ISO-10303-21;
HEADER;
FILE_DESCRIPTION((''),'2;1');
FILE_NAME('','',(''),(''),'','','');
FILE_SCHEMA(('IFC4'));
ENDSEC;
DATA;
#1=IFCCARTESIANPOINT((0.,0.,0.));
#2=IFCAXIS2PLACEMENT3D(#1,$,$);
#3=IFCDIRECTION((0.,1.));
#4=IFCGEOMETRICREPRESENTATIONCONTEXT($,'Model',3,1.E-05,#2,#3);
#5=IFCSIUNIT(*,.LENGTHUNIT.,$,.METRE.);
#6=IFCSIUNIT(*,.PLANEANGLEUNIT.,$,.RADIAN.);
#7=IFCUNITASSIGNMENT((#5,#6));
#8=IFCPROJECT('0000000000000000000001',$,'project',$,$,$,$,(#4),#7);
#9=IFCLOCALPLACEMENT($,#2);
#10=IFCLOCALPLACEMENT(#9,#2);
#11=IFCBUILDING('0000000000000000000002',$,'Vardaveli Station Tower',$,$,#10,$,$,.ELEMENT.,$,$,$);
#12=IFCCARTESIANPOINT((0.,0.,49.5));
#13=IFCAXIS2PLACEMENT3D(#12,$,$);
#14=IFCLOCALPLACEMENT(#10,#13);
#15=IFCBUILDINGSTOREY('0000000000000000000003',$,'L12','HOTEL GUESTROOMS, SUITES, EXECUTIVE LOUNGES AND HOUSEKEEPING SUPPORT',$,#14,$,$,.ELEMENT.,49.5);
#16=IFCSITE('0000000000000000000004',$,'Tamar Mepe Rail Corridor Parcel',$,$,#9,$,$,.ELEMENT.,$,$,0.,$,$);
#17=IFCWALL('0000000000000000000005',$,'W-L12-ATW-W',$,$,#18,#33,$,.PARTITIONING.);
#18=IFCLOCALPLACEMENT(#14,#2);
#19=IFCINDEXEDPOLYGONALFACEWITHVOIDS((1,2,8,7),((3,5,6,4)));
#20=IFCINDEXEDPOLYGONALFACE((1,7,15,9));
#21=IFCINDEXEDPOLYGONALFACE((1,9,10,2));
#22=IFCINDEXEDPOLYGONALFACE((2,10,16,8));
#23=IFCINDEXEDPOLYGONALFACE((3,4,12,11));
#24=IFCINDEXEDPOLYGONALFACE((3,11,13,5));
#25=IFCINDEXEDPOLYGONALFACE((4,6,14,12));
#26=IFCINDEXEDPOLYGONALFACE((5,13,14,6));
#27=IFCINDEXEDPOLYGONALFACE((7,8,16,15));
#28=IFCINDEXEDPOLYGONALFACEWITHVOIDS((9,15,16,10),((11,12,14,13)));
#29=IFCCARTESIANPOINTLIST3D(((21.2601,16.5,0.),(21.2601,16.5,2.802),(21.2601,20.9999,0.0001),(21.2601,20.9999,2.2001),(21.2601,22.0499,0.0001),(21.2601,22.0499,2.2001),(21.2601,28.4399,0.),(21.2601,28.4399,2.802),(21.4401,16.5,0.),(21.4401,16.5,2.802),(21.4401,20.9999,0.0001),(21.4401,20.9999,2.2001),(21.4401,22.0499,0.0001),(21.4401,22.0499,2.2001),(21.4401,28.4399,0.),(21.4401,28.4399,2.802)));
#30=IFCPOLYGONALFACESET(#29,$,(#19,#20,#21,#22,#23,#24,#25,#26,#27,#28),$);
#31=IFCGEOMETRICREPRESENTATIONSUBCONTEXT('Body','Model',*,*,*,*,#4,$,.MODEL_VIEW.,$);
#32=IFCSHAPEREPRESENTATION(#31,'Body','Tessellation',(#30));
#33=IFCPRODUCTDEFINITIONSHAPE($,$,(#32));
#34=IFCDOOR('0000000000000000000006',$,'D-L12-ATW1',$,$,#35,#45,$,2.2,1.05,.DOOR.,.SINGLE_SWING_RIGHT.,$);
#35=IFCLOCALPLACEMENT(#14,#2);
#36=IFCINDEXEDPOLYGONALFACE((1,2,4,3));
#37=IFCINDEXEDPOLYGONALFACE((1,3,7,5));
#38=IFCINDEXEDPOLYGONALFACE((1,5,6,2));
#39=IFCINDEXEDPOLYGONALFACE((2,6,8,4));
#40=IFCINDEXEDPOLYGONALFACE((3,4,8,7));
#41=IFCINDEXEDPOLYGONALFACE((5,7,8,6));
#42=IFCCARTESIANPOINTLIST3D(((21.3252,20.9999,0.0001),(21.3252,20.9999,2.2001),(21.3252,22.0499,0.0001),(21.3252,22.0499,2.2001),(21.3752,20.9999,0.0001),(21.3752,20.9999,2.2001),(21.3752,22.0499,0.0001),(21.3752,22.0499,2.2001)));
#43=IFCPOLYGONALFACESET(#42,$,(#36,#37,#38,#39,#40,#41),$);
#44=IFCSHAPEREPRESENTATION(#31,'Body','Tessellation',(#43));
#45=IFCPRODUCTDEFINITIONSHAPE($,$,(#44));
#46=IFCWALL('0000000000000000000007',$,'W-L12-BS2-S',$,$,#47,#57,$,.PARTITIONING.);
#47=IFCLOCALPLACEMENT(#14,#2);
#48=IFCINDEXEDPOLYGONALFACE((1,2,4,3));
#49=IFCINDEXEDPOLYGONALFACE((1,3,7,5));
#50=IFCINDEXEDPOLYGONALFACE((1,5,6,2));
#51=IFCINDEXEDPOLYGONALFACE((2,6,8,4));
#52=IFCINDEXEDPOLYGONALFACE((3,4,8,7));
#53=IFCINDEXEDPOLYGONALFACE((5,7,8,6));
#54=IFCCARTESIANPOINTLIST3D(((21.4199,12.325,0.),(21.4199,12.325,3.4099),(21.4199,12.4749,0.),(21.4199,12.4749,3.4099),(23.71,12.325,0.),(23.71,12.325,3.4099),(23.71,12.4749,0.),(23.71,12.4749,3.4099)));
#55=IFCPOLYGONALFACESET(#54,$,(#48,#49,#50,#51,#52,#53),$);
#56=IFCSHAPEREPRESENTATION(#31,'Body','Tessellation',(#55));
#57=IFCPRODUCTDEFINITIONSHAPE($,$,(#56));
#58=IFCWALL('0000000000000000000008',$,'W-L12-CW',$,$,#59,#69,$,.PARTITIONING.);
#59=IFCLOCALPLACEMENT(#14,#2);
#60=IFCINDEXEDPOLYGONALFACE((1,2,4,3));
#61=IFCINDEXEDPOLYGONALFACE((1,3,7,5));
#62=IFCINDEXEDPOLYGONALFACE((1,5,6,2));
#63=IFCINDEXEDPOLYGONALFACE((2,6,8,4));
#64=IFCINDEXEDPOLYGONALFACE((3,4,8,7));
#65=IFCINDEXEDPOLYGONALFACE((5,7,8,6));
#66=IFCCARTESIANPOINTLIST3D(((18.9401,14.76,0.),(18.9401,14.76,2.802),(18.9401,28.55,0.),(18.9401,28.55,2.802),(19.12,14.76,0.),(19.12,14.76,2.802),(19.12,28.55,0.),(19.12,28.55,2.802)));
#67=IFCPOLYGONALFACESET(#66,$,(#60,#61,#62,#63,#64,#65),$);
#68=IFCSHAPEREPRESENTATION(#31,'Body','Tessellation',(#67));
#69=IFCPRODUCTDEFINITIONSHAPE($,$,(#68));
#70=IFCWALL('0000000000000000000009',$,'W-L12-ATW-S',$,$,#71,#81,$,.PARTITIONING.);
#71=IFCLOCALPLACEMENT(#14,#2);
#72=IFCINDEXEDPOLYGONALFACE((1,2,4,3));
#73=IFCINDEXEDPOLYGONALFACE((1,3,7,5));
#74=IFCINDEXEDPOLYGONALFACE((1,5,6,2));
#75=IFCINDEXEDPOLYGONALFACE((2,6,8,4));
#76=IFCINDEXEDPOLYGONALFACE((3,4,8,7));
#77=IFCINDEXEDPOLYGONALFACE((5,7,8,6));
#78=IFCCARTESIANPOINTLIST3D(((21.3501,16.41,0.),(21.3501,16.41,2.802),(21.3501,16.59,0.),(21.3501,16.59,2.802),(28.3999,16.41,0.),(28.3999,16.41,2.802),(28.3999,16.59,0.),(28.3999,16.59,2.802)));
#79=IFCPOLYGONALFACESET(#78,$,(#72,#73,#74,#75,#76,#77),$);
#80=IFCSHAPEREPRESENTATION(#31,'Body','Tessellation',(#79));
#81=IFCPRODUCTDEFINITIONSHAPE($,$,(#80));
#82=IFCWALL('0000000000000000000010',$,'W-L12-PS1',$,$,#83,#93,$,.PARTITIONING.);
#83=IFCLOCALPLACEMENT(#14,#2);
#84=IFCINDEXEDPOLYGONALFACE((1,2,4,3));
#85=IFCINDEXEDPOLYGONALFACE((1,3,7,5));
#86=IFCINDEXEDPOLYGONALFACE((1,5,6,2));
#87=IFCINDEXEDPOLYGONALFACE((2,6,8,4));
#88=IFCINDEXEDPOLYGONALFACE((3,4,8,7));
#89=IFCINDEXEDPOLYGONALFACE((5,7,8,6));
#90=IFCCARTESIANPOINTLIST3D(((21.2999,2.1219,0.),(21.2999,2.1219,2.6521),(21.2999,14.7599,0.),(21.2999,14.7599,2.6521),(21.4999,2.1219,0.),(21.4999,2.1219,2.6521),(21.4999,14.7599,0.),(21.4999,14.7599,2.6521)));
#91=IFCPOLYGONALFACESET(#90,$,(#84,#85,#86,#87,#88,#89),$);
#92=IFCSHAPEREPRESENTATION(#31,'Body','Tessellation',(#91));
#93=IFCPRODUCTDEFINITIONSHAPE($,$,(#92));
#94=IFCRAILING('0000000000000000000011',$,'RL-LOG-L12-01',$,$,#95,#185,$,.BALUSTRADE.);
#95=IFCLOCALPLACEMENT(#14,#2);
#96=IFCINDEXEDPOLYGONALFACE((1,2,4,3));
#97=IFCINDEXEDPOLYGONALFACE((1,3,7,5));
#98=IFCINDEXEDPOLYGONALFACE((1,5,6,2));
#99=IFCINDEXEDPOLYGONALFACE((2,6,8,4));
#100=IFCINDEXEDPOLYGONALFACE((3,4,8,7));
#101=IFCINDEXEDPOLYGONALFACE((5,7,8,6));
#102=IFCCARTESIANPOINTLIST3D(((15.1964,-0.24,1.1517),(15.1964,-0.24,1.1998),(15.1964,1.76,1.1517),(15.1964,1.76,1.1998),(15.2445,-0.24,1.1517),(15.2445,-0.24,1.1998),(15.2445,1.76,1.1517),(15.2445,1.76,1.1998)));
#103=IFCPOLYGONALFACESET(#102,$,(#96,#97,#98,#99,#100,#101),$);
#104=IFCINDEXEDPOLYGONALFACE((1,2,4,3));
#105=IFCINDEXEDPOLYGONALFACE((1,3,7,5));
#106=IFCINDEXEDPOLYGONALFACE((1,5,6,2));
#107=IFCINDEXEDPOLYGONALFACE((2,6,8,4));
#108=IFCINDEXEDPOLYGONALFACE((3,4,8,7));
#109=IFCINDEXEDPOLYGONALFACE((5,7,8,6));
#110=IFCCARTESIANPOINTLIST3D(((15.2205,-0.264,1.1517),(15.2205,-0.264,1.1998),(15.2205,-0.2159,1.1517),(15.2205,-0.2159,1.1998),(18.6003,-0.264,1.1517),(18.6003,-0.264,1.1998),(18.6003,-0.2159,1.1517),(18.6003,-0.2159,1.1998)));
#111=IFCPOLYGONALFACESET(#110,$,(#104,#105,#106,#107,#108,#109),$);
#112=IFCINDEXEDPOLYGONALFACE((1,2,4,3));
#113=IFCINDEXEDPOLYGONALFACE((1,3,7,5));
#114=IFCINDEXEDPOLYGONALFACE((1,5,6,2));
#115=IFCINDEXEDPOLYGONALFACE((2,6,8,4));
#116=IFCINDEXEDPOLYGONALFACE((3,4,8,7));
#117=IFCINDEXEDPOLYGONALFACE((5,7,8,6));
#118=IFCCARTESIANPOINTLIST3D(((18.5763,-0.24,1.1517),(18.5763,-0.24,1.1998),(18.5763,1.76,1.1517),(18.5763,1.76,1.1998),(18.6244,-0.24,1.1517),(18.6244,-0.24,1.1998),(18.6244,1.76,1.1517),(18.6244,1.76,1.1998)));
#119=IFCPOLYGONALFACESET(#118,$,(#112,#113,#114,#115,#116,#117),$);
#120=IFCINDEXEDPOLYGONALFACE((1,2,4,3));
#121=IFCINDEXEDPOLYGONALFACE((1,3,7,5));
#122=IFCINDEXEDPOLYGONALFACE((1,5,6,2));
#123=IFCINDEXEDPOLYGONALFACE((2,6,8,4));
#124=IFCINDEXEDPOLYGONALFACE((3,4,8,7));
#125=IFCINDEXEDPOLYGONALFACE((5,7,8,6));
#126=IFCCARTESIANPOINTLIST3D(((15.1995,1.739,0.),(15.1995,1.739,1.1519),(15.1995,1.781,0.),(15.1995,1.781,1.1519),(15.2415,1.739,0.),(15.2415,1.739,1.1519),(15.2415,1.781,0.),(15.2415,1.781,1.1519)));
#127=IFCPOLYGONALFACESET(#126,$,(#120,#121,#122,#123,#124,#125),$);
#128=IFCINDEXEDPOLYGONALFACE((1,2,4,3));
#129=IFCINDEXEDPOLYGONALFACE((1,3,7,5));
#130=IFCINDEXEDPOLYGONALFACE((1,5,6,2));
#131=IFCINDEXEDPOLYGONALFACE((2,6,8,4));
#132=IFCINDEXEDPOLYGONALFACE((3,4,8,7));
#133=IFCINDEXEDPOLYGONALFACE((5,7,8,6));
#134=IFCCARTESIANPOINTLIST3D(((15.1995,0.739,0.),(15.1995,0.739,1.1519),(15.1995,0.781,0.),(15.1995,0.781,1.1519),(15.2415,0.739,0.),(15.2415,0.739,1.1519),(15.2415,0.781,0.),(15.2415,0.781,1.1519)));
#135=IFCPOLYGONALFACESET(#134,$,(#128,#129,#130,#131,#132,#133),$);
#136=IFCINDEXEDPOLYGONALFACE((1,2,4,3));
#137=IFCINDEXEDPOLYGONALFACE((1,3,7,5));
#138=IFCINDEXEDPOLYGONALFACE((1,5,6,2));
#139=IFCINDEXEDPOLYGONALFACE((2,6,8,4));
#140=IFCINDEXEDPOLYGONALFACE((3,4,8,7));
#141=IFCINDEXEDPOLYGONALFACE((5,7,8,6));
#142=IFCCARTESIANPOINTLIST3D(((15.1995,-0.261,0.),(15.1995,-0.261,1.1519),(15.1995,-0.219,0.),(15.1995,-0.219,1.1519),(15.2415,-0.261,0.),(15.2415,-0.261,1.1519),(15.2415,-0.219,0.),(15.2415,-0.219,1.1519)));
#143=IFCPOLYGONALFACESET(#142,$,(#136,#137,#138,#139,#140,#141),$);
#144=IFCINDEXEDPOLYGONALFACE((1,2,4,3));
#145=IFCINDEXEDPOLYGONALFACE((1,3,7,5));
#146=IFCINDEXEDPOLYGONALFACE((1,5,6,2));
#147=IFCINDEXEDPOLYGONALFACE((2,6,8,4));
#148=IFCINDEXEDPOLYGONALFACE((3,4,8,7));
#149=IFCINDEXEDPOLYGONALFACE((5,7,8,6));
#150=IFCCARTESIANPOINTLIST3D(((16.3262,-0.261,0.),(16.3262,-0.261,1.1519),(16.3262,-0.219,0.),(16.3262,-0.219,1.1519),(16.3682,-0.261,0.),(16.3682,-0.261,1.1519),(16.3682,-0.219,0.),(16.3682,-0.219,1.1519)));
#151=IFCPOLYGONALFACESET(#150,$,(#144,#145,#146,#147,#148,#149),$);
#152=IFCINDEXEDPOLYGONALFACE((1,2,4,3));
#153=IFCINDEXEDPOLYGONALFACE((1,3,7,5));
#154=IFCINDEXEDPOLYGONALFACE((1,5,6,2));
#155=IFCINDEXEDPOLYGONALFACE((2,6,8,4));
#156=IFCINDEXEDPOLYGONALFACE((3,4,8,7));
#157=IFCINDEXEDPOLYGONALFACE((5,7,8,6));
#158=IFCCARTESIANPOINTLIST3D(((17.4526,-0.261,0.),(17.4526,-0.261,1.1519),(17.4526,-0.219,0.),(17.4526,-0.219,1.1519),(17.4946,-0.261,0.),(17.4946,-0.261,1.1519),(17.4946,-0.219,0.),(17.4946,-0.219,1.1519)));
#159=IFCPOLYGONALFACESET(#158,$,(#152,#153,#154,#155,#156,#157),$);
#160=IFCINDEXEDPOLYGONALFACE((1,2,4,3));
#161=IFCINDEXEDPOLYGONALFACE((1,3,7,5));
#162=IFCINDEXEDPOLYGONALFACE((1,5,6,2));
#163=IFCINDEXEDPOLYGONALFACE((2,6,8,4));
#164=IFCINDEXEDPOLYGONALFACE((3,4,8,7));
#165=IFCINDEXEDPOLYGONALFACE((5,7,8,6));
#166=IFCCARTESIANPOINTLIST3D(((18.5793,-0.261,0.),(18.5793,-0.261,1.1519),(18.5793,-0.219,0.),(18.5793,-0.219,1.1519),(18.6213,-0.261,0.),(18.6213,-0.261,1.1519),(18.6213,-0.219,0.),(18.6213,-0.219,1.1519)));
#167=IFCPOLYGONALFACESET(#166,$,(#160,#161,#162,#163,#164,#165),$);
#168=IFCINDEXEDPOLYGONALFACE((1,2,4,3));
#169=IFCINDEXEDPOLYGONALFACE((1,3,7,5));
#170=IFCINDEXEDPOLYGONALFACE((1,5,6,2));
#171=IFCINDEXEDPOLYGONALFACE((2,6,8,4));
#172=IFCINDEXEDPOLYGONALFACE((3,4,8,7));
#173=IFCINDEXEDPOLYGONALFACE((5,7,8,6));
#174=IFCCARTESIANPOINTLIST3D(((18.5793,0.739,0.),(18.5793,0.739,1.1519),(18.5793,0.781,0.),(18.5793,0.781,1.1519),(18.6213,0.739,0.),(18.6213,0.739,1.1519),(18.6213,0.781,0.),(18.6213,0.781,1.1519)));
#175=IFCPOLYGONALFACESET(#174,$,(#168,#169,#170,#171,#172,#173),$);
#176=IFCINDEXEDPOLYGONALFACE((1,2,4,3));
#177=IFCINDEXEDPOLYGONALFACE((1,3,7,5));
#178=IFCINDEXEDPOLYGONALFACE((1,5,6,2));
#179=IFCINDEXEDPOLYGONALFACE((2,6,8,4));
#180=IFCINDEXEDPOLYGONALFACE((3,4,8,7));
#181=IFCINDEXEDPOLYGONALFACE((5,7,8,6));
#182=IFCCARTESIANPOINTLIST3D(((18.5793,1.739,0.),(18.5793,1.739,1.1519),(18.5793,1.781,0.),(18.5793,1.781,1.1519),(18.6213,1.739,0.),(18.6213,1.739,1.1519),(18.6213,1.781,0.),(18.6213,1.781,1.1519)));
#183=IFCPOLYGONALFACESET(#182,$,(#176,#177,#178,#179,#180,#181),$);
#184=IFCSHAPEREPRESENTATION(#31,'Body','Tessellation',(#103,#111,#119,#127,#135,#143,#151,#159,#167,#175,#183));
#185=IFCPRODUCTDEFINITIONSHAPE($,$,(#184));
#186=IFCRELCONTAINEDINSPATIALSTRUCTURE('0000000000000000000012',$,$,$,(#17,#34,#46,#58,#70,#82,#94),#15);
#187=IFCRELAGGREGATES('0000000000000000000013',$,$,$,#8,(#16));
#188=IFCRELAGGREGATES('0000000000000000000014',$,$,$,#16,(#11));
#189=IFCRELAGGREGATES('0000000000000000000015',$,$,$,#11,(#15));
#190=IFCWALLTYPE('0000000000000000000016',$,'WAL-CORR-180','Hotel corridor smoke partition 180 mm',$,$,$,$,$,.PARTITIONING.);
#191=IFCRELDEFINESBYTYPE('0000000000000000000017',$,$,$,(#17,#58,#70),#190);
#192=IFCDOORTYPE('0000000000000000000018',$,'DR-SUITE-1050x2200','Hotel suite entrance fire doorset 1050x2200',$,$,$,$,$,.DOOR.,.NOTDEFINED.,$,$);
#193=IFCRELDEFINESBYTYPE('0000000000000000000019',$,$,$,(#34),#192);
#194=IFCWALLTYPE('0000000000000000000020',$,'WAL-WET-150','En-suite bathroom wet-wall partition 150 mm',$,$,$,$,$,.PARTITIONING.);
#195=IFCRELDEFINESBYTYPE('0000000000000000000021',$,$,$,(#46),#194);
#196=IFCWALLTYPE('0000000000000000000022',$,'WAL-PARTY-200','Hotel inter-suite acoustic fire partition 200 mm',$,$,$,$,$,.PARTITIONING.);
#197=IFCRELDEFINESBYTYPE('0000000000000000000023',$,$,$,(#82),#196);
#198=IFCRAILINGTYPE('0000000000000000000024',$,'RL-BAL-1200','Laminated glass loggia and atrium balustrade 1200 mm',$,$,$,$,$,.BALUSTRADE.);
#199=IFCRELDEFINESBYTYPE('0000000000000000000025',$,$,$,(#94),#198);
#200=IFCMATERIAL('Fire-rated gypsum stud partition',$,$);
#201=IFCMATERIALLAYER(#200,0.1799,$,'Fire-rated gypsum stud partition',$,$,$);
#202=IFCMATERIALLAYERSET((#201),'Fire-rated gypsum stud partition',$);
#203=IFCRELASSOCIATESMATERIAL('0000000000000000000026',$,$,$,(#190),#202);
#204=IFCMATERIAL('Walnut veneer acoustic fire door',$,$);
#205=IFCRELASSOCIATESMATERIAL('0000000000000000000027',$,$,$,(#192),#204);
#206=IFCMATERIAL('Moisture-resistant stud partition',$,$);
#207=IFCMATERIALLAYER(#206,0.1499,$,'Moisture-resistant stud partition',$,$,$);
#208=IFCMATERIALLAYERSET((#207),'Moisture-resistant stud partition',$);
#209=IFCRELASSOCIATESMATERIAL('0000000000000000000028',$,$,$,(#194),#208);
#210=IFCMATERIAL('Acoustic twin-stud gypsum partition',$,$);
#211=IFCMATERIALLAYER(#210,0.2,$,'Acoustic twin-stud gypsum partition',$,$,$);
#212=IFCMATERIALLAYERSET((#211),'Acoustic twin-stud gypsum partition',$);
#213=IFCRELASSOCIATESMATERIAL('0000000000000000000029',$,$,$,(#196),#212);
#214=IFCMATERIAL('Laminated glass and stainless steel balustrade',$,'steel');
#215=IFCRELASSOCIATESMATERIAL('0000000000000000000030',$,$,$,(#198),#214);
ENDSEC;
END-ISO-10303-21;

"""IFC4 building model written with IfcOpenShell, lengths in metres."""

from ifc_helpers import new_model, si_unit, direction, frame, frame_2d, origin, origin_2d, place, context, subcontext, project, spatial, rectangle, extrude, source, transform, mapped, material, layer, layer_set, type_object, element, fill, save


model = new_model("IFC4")

# Units and contexts
model_context = context("Model", 3, precision=1e-05, world=origin(), true_north=direction((0.0, 1.0)))
body_context = subcontext(model_context, "Body", "Model", "MODEL_VIEW")
ifc_project = project(units=[si_unit("LENGTHUNIT", "METRE"), si_unit("PLANEANGLEUNIT", "RADIAN")], contexts=[model_context])

# Site, building, storey
site_placement = place(None, origin())
site = spatial("IfcSite", under=ifc_project, at=site_placement, Name="Tamar Mepe Rail Corridor Parcel", CompositionType="ELEMENT", RefElevation=0.0)
building_placement = place(site_placement, origin())
building = spatial("IfcBuilding", under=site, at=building_placement, Name="Vardaveli Station Tower", CompositionType="ELEMENT")
storey_placement = place(building_placement, frame((0.0, 0.0, 49.5)))
storey = spatial("IfcBuildingStorey", under=building, at=storey_placement, Name="L12", Description="HOTEL GUESTROOMS, SUITES, EXECUTIVE LOUNGES AND HOUSEKEEPING SUPPORT", CompositionType="ELEMENT", Elevation=49.5)

# Wall, opening, door
ifc_material_1 = material(Name="Fire-rated gypsum stud partition")
ifc_layer_1 = layer(ifc_material_1, 0.1799, Name="Fire-rated gypsum stud partition")
ifc_layer_set_1 = layer_set([ifc_layer_1], Name="Fire-rated gypsum stud partition")
wall_type_1 = type_object("IfcWallType", Name="WAL-CORR-180", Description="Hotel corridor smoke partition 180 mm", PredefinedType="PARTITIONING", material=ifc_layer_set_1)
shared_shape_1 = source(origin(), body_context, "Body", "SweptSolid", [
    extrude(rectangle(XDim=11.9399, YDim=0.1799, at=frame_2d((5.97, 0.0))), origin(), (0.0, 0.0, 1.0), 2.802),
])
wall_1_placement = place(storey_placement, frame((21.3501, 16.5, 0.0), z_axis=(0.0, 0.0, 1.0), x_axis=(0.0, 1.0, 0.0)))
wall_1 = element("IfcWall", 1, at=wall_1_placement, inside=storey, type_object=wall_type_1, Name="W-L12-ATW-W", PredefinedType="PARTITIONING", context=body_context, shape_type="MappedRepresentation", body=[
    mapped(shared_shape_1, transform((0.0, 0.0, 0.0), scale=1.0)),
])
shared_shape_2 = source(origin(), body_context, "Body", "SweptSolid", [
    extrude(rectangle(XDim=1.05, YDim=2.2, at=frame_2d((0.5249, 1.1001))), frame((0.0, 0.1001, 0.0), z_axis=(0.0, -1.0, 0.0), x_axis=(1.0, 0.0, 0.0)), (0.0, 0.0, 1.0), 0.2),
])
opening_placement = place(wall_1_placement, frame((4.5, 0.0, 0.0)))
opening = element("IfcOpeningElement", 2, at=opening_placement, cuts=wall_1, PredefinedType="OPENING", context=body_context, shape_type="MappedRepresentation", body=[
    mapped(shared_shape_2, transform((0.0, 0.0, 0.0), scale=1.0)),
])
ifc_material_2 = material(Name="Walnut veneer acoustic fire door")
door_type = type_object("IfcDoorType", Name="DR-SUITE-1050x2200", Description="Hotel suite entrance fire doorset 1050x2200", OperationType="NOTDEFINED", PredefinedType="DOOR", material=ifc_material_2)
shared_shape_3 = source(origin(), body_context, "Body", "SweptSolid", [
    extrude(rectangle(XDim=1.05, YDim=2.2, at=frame_2d((0.5249, 1.1001))), frame((0.0, 0.0249, 0.0), z_axis=(0.0, -1.0, 0.0), x_axis=(1.0, 0.0, 0.0)), (0.0, 0.0, 1.0), 0.05),
])
door_placement = place(opening_placement, origin())
door = element("IfcDoor", 3, at=door_placement, inside=storey, type_object=door_type, Name="D-L12-ATW1", OperationType="SINGLE_SWING_RIGHT", OverallHeight=2.2, OverallWidth=1.05, PredefinedType="DOOR", context=body_context, shape_type="MappedRepresentation", body=[
    mapped(shared_shape_3, transform((0.0, 0.0, 0.0), scale=1.0)),
])
fill(opening, door)

# Walls
ifc_material_3 = material(Name="Moisture-resistant stud partition")
ifc_layer_2 = layer(ifc_material_3, 0.1499, Name="Moisture-resistant stud partition")
ifc_layer_set_2 = layer_set([ifc_layer_2], Name="Moisture-resistant stud partition")
wall_type_2 = type_object("IfcWallType", Name="WAL-WET-150", Description="En-suite bathroom wet-wall partition 150 mm", PredefinedType="PARTITIONING", material=ifc_layer_set_2)
shared_shape_4 = source(origin(), body_context, "Body", "SweptSolid", [
    extrude(rectangle(XDim=2.29, YDim=0.1499, at=frame_2d((1.145, 0.0))), origin(), (0.0, 0.0, 1.0), 3.4099),
])
wall_2_placement = place(storey_placement, frame((21.4199, 12.3999, 0.0), z_axis=(0.0, 0.0, 1.0), x_axis=(1.0, 0.0, 0.0)))
element("IfcWall", 4, at=wall_2_placement, inside=storey, type_object=wall_type_2, Name="W-L12-BS2-S", PredefinedType="PARTITIONING", context=body_context, shape_type="MappedRepresentation", body=[
    mapped(shared_shape_4, transform((0.0, 0.0, 0.0), scale=1.0)),
])
shared_shape_5 = source(origin(), body_context, "Body", "SweptSolid", [
    extrude(rectangle(XDim=13.79, YDim=0.1799, at=frame_2d((6.895, 0.0))), origin(), (0.0, 0.0, 1.0), 2.802),
])
wall_3_placement = place(storey_placement, frame((19.03, 14.76, 0.0), z_axis=(0.0, 0.0, 1.0), x_axis=(0.0, 1.0, 0.0)))
element("IfcWall", 5, at=wall_3_placement, inside=storey, type_object=wall_type_1, Name="W-L12-CW", PredefinedType="PARTITIONING", context=body_context, shape_type="MappedRepresentation", body=[
    mapped(shared_shape_5, transform((0.0, 0.0, 0.0), scale=1.0)),
])
shared_shape_6 = source(origin(), body_context, "Body", "SweptSolid", [
    extrude(rectangle(XDim=7.0498, YDim=0.1799, at=frame_2d((3.5249, 0.0))), origin(), (0.0, 0.0, 1.0), 2.802),
])
wall_4_placement = place(storey_placement, frame((21.3501, 16.5, 0.0), z_axis=(0.0, 0.0, 1.0), x_axis=(1.0, 0.0, 0.0)))
element("IfcWall", 6, at=wall_4_placement, inside=storey, type_object=wall_type_1, Name="W-L12-ATW-S", PredefinedType="PARTITIONING", context=body_context, shape_type="MappedRepresentation", body=[
    mapped(shared_shape_6, transform((0.0, 0.0, 0.0), scale=1.0)),
])
ifc_material_4 = material(Name="Acoustic twin-stud gypsum partition")
ifc_layer_3 = layer(ifc_material_4, 0.2, Name="Acoustic twin-stud gypsum partition")
ifc_layer_set_3 = layer_set([ifc_layer_3], Name="Acoustic twin-stud gypsum partition")
wall_type_3 = type_object("IfcWallType", Name="WAL-PARTY-200", Description="Hotel inter-suite acoustic fire partition 200 mm", PredefinedType="PARTITIONING", material=ifc_layer_set_3)
shared_shape_7 = source(origin(), body_context, "Body", "SweptSolid", [
    extrude(rectangle(XDim=12.6379, YDim=0.2, at=frame_2d((6.3188, 0.0))), origin(), (0.0, 0.0, 1.0), 2.6521),
])
wall_5_placement = place(storey_placement, frame((21.3999, 2.1221, 0.0), z_axis=(0.0, 0.0, 1.0), x_axis=(0.0, 1.0, 0.0)))
element("IfcWall", 7, at=wall_5_placement, inside=storey, type_object=wall_type_3, Name="W-L12-PS1", PredefinedType="PARTITIONING", context=body_context, shape_type="MappedRepresentation", body=[
    mapped(shared_shape_7, transform((0.0, 0.0, 0.0), scale=1.0)),
])

# Railing
ifc_material_5 = material(Name="Laminated glass and stainless steel balustrade", Category="steel")
railing_type = type_object("IfcRailingType", Name="RL-BAL-1200", Description="Laminated glass loggia and atrium balustrade 1200 mm", PredefinedType="BALUSTRADE", material=ifc_material_5)
shared_shape_8 = source(origin(), body_context, "Body", "SweptSolid", [
    extrude(rectangle(XDim=0.0481, YDim=0.0481, at=origin_2d()), frame((0.0, 0.0, 1.1758), z_axis=(0.0, -1.0, 0.0), x_axis=(1.0, 0.0, 0.0)), (0.0, 0.0, 1.0), 2.0),
    extrude(rectangle(XDim=0.0481, YDim=0.0481, at=origin_2d()), frame((0.0, -2.0, 1.1758), z_axis=(1.0, 0.0, 0.0), x_axis=(0.0, 1.0, 0.0)), (0.0, 0.0, 1.0), 3.3799),
    extrude(rectangle(XDim=0.0481, YDim=0.0481, at=origin_2d()), frame((3.3799, -2.0, 1.1758), z_axis=(0.0, 1.0, 0.0), x_axis=(-1.0, 0.0, 0.0)), (0.0, 0.0, 1.0), 2.0),
    extrude(rectangle(XDim=0.042, YDim=0.042, at=origin_2d()), origin(), (0.0, 0.0, 1.0), 1.1519),
    extrude(rectangle(XDim=0.042, YDim=0.042, at=origin_2d()), frame((0.0, -1.0, 0.0)), (0.0, 0.0, 1.0), 1.1519),
    extrude(rectangle(XDim=0.042, YDim=0.042, at=origin_2d()), frame((0.0, -2.0, 0.0)), (0.0, 0.0, 1.0), 1.1519),
    extrude(rectangle(XDim=0.042, YDim=0.042, at=origin_2d()), frame((1.1267, -2.0, 0.0)), (0.0, 0.0, 1.0), 1.1519),
    extrude(rectangle(XDim=0.042, YDim=0.042, at=origin_2d()), frame((2.2532, -2.0, 0.0)), (0.0, 0.0, 1.0), 1.1519),
    extrude(rectangle(XDim=0.042, YDim=0.042, at=origin_2d()), frame((3.3799, -2.0, 0.0)), (0.0, 0.0, 1.0), 1.1519),
    extrude(rectangle(XDim=0.042, YDim=0.042, at=origin_2d()), frame((3.3799, -1.0, 0.0)), (0.0, 0.0, 1.0), 1.1519),
    extrude(rectangle(XDim=0.042, YDim=0.042, at=origin_2d()), frame((3.3799, 0.0, 0.0)), (0.0, 0.0, 1.0), 1.1519),
])
railing_placement = place(storey_placement, frame((15.2205, 1.76, 0.0)))
element("IfcRailing", 8, at=railing_placement, inside=storey, type_object=railing_type, Name="RL-LOG-L12-01", PredefinedType="BALUSTRADE", context=body_context, shape_type="MappedRepresentation", body=[
    mapped(shared_shape_8, transform((0.0, 0.0, 0.0), scale=1.0)),
])

save(model, "model.ifc")
